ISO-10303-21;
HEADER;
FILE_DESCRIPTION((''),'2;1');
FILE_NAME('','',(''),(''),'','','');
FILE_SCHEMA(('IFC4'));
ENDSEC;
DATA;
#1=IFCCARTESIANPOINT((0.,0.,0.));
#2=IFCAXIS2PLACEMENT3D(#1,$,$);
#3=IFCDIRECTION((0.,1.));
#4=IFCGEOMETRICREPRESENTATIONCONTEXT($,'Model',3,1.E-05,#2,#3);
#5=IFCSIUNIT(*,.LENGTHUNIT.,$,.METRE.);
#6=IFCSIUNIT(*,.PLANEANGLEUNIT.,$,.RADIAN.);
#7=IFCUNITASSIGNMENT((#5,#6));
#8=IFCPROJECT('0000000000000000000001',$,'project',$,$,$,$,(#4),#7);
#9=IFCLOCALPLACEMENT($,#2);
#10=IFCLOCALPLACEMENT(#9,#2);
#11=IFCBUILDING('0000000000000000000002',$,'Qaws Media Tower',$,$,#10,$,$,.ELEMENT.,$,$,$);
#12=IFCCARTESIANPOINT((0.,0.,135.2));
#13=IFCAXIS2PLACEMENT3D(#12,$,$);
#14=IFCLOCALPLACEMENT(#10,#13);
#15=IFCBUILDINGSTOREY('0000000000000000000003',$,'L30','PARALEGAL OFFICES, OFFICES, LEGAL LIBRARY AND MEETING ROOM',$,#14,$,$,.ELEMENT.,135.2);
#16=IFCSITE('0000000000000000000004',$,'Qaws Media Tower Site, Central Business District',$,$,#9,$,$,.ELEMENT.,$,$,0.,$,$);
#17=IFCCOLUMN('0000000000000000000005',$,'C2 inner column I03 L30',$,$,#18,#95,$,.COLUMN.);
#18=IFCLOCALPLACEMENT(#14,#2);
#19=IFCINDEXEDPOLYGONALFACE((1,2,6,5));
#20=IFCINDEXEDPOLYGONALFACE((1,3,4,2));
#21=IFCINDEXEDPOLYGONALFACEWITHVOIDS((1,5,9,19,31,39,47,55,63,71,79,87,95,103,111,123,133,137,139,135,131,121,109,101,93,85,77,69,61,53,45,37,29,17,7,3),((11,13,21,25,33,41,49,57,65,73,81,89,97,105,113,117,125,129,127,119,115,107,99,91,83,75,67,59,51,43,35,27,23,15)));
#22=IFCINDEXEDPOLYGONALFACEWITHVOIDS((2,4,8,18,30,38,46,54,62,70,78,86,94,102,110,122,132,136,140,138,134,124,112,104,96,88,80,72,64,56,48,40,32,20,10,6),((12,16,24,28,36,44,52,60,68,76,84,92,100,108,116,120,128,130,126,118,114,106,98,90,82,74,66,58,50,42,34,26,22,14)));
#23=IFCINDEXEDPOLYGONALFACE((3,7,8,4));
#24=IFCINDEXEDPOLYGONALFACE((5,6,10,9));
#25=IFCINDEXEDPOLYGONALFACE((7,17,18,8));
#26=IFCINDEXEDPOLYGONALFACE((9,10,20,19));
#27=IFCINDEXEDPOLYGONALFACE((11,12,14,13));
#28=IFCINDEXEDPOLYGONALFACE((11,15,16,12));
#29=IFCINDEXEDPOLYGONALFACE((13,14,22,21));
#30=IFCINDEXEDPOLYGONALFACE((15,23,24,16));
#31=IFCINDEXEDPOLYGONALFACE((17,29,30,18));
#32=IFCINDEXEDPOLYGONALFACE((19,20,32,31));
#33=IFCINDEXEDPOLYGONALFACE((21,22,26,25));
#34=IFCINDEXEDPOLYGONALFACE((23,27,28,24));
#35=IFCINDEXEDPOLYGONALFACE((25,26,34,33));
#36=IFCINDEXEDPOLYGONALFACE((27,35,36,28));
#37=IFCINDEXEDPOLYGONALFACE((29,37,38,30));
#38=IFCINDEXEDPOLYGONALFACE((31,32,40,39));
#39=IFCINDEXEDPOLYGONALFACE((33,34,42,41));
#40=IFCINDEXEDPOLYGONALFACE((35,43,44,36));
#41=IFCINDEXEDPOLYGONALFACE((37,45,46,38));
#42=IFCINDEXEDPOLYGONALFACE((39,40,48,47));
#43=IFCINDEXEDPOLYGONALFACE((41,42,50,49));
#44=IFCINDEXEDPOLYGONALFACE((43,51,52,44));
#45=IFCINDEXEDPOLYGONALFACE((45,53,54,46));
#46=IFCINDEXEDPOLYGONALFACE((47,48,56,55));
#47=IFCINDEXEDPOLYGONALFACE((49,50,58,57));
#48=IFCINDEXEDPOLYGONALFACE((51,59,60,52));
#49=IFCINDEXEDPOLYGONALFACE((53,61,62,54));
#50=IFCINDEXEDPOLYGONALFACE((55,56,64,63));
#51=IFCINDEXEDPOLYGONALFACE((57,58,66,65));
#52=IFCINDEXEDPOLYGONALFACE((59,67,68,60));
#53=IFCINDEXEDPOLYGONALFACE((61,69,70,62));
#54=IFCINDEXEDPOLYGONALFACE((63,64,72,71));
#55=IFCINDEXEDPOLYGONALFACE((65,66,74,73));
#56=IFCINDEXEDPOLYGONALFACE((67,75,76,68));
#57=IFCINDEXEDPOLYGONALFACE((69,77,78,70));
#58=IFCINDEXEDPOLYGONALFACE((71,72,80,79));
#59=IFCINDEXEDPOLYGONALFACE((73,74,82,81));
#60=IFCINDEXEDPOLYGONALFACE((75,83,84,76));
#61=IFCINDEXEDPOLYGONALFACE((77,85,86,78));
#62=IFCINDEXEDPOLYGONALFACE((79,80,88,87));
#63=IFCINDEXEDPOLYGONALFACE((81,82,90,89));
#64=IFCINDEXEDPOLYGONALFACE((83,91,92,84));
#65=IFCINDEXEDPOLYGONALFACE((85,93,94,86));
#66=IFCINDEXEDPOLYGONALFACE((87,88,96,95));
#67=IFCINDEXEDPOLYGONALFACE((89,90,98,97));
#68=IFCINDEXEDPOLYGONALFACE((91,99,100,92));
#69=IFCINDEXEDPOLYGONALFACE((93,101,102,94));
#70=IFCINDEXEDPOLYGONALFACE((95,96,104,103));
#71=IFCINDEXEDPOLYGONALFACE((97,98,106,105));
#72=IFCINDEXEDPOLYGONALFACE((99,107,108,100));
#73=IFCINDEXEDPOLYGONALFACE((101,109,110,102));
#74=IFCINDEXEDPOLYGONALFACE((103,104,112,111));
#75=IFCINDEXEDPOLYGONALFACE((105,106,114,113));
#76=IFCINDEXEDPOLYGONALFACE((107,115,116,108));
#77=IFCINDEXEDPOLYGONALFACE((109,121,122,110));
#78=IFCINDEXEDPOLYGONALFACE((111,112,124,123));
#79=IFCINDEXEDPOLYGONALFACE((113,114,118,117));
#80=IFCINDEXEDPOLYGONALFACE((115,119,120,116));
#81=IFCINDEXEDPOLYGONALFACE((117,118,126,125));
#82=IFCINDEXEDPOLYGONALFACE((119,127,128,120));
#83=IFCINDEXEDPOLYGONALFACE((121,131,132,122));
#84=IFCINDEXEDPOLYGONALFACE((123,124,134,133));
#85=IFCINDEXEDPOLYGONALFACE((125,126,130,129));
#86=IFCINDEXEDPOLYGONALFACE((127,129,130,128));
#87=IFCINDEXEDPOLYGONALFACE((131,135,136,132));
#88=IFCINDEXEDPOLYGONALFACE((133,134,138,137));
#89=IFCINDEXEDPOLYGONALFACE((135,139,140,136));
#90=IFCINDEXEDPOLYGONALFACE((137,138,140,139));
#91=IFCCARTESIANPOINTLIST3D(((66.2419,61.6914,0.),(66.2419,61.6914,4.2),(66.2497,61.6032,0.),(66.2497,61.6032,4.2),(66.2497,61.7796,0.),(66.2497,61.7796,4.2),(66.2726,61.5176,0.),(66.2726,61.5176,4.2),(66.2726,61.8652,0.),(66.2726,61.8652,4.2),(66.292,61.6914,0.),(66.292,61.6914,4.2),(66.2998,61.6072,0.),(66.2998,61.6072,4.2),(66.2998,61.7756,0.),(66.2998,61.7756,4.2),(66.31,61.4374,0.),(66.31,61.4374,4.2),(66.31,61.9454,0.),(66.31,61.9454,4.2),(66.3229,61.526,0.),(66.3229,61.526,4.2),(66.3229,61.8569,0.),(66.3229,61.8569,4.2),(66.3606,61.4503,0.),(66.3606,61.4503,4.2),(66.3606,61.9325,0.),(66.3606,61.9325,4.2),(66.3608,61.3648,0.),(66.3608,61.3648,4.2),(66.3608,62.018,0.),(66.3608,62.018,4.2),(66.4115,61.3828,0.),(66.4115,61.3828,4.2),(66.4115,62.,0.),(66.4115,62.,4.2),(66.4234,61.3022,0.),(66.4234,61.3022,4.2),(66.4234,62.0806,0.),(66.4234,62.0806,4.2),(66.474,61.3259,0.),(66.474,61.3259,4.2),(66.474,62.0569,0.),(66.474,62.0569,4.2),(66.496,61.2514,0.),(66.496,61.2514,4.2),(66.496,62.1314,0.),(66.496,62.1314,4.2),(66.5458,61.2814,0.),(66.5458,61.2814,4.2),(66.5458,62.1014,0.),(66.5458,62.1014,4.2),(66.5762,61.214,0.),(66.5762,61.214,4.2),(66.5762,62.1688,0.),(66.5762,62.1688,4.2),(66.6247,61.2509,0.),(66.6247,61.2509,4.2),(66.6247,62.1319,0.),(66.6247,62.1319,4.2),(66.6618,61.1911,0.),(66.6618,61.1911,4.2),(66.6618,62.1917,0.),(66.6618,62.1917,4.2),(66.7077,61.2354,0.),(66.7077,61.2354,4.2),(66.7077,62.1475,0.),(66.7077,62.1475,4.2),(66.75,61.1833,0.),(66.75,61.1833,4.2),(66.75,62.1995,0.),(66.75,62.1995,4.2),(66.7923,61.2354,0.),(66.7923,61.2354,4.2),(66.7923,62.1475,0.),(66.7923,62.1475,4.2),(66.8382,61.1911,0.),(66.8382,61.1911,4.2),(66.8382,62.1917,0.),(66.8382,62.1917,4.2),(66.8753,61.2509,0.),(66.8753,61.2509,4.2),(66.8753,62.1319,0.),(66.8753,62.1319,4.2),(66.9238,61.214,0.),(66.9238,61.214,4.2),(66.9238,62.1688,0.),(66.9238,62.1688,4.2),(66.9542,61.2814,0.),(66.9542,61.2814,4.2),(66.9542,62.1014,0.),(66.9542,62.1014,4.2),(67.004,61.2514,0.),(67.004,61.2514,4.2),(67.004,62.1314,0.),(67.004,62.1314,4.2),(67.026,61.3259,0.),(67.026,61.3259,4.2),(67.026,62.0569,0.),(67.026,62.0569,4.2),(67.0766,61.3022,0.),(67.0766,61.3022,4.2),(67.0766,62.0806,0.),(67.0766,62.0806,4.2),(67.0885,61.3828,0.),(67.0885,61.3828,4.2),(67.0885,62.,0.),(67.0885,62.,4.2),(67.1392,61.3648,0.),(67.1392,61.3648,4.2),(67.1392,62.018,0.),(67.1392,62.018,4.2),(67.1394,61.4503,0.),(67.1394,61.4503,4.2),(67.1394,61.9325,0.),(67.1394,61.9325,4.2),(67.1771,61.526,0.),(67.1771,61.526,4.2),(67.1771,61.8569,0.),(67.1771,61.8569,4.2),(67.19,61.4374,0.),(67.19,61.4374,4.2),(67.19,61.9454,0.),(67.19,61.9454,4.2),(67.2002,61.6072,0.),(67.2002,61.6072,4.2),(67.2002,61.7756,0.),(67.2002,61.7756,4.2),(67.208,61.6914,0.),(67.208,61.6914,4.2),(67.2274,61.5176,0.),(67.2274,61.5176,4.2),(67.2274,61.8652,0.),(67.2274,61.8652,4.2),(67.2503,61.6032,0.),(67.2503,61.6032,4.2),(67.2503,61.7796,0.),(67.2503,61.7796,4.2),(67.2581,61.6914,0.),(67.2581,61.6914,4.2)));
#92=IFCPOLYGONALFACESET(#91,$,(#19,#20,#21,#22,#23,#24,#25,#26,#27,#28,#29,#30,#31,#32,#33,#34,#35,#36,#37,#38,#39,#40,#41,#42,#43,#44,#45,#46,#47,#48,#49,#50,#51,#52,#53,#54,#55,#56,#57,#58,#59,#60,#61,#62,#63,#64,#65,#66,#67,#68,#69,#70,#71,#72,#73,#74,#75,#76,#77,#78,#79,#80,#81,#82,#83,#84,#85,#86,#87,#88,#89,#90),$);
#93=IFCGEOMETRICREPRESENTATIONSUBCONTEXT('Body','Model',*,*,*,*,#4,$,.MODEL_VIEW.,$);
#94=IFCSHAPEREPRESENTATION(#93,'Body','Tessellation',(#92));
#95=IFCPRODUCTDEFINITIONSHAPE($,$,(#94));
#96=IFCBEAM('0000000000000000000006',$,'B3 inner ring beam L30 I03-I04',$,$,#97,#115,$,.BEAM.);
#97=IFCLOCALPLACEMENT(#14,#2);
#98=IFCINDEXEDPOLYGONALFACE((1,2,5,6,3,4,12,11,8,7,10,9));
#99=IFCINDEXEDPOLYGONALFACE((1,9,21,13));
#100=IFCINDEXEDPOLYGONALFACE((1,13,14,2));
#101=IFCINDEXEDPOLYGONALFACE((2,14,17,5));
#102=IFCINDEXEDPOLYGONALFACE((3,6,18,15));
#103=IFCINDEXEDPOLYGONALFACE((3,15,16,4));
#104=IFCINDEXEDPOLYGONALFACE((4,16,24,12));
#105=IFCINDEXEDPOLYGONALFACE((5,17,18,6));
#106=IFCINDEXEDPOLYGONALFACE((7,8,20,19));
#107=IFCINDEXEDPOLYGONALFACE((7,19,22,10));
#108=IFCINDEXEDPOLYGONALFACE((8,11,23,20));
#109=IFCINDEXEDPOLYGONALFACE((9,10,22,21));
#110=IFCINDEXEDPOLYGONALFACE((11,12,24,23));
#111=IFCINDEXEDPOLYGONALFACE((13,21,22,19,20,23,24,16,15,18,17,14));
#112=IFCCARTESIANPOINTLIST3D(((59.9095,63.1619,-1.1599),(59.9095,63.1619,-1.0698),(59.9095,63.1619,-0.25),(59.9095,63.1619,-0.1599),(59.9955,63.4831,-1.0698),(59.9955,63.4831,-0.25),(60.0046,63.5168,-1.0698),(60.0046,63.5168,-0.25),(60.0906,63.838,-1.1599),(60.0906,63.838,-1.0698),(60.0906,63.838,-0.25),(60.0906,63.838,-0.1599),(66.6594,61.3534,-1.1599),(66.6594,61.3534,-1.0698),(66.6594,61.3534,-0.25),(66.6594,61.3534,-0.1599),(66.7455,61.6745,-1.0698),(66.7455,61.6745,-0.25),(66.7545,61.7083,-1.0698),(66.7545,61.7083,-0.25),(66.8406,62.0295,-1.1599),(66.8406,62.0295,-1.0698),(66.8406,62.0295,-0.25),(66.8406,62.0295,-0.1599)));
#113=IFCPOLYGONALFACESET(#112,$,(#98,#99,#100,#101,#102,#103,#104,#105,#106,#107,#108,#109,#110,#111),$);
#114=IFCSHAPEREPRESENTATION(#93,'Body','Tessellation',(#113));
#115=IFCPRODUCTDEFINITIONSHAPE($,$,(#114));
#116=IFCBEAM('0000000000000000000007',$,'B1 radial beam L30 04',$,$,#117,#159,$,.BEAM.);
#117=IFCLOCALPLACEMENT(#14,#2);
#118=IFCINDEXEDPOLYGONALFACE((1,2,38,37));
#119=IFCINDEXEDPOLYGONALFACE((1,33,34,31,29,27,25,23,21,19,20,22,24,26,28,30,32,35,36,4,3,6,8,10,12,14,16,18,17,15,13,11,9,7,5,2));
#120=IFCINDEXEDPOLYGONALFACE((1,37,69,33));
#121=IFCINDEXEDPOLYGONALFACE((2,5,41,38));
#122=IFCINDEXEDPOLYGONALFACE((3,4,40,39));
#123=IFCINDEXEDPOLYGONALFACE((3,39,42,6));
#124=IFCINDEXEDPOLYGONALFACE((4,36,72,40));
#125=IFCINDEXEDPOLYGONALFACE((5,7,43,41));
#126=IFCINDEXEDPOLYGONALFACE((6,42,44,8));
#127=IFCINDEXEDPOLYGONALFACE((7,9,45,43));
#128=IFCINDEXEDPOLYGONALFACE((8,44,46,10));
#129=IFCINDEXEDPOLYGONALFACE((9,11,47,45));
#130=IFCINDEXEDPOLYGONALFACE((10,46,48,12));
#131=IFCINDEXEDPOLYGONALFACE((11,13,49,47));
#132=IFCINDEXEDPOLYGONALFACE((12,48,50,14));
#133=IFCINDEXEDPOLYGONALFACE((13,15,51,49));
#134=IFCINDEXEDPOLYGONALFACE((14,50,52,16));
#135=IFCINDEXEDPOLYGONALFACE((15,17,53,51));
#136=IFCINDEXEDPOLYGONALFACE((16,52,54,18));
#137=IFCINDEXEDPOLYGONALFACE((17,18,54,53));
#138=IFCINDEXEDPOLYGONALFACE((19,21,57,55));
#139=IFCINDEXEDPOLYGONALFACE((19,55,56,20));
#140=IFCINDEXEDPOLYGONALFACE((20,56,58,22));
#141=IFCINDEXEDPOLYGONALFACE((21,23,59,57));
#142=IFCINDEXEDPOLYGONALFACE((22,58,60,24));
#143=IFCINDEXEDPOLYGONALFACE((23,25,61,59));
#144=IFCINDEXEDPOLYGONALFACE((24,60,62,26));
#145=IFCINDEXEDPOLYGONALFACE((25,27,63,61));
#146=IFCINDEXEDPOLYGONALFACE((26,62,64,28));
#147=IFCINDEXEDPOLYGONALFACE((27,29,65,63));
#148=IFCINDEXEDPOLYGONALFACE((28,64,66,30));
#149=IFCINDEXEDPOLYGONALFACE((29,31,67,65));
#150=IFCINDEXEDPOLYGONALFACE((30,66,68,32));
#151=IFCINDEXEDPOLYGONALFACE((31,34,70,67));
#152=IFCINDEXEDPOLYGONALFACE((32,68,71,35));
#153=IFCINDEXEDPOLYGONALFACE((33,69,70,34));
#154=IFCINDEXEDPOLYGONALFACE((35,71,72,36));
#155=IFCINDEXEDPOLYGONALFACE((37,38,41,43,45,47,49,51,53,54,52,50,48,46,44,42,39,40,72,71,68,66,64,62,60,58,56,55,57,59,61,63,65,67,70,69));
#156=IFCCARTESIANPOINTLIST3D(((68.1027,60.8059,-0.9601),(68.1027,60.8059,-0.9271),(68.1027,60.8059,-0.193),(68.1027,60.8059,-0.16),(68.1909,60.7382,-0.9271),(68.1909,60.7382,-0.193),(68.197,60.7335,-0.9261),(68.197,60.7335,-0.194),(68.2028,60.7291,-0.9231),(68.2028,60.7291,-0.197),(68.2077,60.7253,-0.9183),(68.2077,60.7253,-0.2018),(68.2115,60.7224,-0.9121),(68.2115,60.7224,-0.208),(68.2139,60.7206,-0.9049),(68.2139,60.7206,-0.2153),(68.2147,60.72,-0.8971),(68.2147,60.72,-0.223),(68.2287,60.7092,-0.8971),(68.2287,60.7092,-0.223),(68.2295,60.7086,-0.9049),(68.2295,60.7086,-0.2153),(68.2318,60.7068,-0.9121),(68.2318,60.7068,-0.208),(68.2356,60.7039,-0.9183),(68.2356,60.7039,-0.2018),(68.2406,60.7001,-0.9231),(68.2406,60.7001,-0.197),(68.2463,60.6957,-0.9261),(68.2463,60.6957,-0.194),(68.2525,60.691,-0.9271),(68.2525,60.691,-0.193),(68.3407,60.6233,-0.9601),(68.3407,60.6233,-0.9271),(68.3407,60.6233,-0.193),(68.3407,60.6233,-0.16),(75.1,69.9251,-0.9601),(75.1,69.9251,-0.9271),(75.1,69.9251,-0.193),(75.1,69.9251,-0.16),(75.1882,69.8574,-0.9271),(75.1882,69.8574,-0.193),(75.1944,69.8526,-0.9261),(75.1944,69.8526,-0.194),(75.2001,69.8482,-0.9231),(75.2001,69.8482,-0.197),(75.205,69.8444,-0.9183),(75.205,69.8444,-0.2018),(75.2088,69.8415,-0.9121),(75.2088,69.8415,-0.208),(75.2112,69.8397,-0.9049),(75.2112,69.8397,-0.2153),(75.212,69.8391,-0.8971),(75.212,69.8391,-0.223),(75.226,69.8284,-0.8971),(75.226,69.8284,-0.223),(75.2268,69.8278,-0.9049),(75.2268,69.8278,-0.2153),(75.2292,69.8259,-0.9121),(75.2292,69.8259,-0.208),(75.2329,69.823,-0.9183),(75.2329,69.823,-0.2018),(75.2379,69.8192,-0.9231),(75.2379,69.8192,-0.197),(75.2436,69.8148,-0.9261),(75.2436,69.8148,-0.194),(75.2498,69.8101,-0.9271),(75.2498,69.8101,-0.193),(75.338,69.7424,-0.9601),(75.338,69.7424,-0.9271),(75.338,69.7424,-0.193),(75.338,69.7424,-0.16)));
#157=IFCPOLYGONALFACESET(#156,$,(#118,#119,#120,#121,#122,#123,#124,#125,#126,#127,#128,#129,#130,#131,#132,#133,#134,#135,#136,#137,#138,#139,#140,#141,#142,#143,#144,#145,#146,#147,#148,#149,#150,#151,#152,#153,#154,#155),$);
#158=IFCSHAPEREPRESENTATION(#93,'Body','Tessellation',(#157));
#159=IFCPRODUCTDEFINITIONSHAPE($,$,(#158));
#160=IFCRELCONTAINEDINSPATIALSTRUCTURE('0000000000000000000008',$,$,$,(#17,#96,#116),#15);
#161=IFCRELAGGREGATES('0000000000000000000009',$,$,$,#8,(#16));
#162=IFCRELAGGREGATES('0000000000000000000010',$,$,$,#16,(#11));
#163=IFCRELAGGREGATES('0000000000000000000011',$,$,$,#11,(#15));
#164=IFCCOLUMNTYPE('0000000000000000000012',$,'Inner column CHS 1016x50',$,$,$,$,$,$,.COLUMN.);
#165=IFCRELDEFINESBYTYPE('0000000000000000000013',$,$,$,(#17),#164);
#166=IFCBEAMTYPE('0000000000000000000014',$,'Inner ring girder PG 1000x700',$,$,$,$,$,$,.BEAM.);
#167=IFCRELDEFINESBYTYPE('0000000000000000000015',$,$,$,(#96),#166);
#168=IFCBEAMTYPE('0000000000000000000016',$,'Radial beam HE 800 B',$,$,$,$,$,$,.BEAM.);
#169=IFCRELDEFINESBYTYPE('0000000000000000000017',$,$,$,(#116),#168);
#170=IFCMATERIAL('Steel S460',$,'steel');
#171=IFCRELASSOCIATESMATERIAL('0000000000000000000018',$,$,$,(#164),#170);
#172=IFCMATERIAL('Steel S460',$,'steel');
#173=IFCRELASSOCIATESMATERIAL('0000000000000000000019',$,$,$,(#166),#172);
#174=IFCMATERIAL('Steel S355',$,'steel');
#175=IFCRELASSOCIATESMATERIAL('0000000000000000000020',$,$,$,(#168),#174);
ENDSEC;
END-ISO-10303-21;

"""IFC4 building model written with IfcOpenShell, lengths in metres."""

from ifc_helpers import new_model, si_unit, direction, frame, origin, origin_2d, place, context, subcontext, project, spatial, hollow_circle, i_section, extrude, material, material_profile, profile_set, type_object, element, save


model = new_model("IFC4")

# Units and contexts
model_context = context("Model", 3, precision=1e-05, world=origin(), true_north=direction((0.0, 1.0)))
body_context = subcontext(model_context, "Body", "Model", "MODEL_VIEW")
ifc_project = project(units=[si_unit("LENGTHUNIT", "METRE"), si_unit("PLANEANGLEUNIT", "RADIAN")], contexts=[model_context])

# Site, building, storey
site_placement = place(None, origin())
site = spatial("IfcSite", under=ifc_project, at=site_placement, Name="Qaws Media Tower Site, Central Business District", CompositionType="ELEMENT", RefElevation=0.0)
building_placement = place(site_placement, origin())
building = spatial("IfcBuilding", under=site, at=building_placement, Name="Qaws Media Tower", CompositionType="ELEMENT")
storey_placement = place(building_placement, frame((0.0, 0.0, 135.2)))
storey = spatial("IfcBuildingStorey", under=building, at=storey_placement, Name="L30", Description="PARALEGAL OFFICES, OFFICES, LEGAL LIBRARY AND MEETING ROOM", CompositionType="ELEMENT", Elevation=135.2)

# Column
ifc_material_1 = material(Name="Steel S460", Category="steel")
ifc_material_profile_1 = material_profile(ifc_material_1, hollow_circle(Radius=0.5081, WallThickness=0.05, at=origin_2d()), Name="CHS 1016x50")
ifc_profile_set_1 = profile_set([ifc_material_profile_1], Name="Steel S460")
column_type = type_object("IfcColumnType", Name="Inner column CHS 1016x50", PredefinedType="COLUMN", material=ifc_profile_set_1)
column_placement = place(storey_placement, frame((66.75, 61.6914, 0.0), z_axis=(0.0, 0.0, 1.0), x_axis=(1.0, 0.0, 0.0)))
element("IfcColumn", 1, at=column_placement, inside=storey, type_object=column_type, Name="C2 inner column I03 L30", PredefinedType="COLUMN", context=body_context, shape_type="SweptSolid", body=[
    extrude(hollow_circle(Radius=0.5081, WallThickness=0.05, at=origin_2d()), origin(), (0.0, 0.0, 1.0), 4.2),
])

# Beams
ifc_material_2 = material(Name="Steel S460", Category="steel")
ifc_material_profile_2 = material_profile(ifc_material_2, i_section(OverallWidth=0.7, OverallDepth=1.0, WebThickness=0.0349, FlangeThickness=0.0901, at=origin_2d()), Name="PG 1000x700")
ifc_profile_set_2 = profile_set([ifc_material_profile_2], Name="Steel S460")
beam_type_1 = type_object("IfcBeamType", Name="Inner ring girder PG 1000x700", PredefinedType="BEAM", material=ifc_profile_set_2)
beam_placement = place(storey_placement, frame((66.75, 61.6914, -0.6599), z_axis=(-0.965928, 0.258811, 0.0), x_axis=(-0.258811, -0.965928, 0.0)))
element("IfcBeam", 2, at=beam_placement, inside=storey, type_object=beam_type_1, Name="B3 inner ring beam L30 I03-I04", PredefinedType="BEAM", context=body_context, shape_type="SweptSolid", body=[
    extrude(i_section(OverallWidth=0.7, OverallDepth=1.0, WebThickness=0.0349, FlangeThickness=0.0901, at=origin_2d()), origin(), (0.0, 0.0, 1.0), 6.988),
])
ifc_material_3 = material(Name="Steel S355", Category="steel")
ifc_material_profile_3 = material_profile(ifc_material_3, i_section(OverallWidth=0.3, OverallDepth=0.8, WebThickness=0.0176, FlangeThickness=0.033, FilletRadius=0.03, at=origin_2d()), Name="HE 800 B")
ifc_profile_set_3 = profile_set([ifc_material_profile_3], Name="Steel S355")
beam_type_2 = type_object("IfcBeamType", Name="Radial beam HE 800 B", PredefinedType="BEAM", material=ifc_profile_set_3)
for number, where, z_axis, x_axis, name in (
    (3, (68.2217, 60.7146, -0.5601), (0.608759, 0.793355, 0.0), (-0.793355, 0.608759, 0.0), "B1 radial beam L30 04"),
):
    element("IfcBeam", number, at=place(storey_placement, frame(where, z_axis=z_axis, x_axis=x_axis)), inside=storey, type_object=beam_type_2, Name=name, PredefinedType="BEAM", context=body_context, shape_type="SweptSolid", body=[
        extrude(i_section(OverallWidth=0.3, OverallDepth=0.8, WebThickness=0.0176, FlangeThickness=0.033, FilletRadius=0.03, at=origin_2d()), origin(), (0.0, 0.0, 1.0), 11.4944),
    ])

save(model, "model.ifc")
